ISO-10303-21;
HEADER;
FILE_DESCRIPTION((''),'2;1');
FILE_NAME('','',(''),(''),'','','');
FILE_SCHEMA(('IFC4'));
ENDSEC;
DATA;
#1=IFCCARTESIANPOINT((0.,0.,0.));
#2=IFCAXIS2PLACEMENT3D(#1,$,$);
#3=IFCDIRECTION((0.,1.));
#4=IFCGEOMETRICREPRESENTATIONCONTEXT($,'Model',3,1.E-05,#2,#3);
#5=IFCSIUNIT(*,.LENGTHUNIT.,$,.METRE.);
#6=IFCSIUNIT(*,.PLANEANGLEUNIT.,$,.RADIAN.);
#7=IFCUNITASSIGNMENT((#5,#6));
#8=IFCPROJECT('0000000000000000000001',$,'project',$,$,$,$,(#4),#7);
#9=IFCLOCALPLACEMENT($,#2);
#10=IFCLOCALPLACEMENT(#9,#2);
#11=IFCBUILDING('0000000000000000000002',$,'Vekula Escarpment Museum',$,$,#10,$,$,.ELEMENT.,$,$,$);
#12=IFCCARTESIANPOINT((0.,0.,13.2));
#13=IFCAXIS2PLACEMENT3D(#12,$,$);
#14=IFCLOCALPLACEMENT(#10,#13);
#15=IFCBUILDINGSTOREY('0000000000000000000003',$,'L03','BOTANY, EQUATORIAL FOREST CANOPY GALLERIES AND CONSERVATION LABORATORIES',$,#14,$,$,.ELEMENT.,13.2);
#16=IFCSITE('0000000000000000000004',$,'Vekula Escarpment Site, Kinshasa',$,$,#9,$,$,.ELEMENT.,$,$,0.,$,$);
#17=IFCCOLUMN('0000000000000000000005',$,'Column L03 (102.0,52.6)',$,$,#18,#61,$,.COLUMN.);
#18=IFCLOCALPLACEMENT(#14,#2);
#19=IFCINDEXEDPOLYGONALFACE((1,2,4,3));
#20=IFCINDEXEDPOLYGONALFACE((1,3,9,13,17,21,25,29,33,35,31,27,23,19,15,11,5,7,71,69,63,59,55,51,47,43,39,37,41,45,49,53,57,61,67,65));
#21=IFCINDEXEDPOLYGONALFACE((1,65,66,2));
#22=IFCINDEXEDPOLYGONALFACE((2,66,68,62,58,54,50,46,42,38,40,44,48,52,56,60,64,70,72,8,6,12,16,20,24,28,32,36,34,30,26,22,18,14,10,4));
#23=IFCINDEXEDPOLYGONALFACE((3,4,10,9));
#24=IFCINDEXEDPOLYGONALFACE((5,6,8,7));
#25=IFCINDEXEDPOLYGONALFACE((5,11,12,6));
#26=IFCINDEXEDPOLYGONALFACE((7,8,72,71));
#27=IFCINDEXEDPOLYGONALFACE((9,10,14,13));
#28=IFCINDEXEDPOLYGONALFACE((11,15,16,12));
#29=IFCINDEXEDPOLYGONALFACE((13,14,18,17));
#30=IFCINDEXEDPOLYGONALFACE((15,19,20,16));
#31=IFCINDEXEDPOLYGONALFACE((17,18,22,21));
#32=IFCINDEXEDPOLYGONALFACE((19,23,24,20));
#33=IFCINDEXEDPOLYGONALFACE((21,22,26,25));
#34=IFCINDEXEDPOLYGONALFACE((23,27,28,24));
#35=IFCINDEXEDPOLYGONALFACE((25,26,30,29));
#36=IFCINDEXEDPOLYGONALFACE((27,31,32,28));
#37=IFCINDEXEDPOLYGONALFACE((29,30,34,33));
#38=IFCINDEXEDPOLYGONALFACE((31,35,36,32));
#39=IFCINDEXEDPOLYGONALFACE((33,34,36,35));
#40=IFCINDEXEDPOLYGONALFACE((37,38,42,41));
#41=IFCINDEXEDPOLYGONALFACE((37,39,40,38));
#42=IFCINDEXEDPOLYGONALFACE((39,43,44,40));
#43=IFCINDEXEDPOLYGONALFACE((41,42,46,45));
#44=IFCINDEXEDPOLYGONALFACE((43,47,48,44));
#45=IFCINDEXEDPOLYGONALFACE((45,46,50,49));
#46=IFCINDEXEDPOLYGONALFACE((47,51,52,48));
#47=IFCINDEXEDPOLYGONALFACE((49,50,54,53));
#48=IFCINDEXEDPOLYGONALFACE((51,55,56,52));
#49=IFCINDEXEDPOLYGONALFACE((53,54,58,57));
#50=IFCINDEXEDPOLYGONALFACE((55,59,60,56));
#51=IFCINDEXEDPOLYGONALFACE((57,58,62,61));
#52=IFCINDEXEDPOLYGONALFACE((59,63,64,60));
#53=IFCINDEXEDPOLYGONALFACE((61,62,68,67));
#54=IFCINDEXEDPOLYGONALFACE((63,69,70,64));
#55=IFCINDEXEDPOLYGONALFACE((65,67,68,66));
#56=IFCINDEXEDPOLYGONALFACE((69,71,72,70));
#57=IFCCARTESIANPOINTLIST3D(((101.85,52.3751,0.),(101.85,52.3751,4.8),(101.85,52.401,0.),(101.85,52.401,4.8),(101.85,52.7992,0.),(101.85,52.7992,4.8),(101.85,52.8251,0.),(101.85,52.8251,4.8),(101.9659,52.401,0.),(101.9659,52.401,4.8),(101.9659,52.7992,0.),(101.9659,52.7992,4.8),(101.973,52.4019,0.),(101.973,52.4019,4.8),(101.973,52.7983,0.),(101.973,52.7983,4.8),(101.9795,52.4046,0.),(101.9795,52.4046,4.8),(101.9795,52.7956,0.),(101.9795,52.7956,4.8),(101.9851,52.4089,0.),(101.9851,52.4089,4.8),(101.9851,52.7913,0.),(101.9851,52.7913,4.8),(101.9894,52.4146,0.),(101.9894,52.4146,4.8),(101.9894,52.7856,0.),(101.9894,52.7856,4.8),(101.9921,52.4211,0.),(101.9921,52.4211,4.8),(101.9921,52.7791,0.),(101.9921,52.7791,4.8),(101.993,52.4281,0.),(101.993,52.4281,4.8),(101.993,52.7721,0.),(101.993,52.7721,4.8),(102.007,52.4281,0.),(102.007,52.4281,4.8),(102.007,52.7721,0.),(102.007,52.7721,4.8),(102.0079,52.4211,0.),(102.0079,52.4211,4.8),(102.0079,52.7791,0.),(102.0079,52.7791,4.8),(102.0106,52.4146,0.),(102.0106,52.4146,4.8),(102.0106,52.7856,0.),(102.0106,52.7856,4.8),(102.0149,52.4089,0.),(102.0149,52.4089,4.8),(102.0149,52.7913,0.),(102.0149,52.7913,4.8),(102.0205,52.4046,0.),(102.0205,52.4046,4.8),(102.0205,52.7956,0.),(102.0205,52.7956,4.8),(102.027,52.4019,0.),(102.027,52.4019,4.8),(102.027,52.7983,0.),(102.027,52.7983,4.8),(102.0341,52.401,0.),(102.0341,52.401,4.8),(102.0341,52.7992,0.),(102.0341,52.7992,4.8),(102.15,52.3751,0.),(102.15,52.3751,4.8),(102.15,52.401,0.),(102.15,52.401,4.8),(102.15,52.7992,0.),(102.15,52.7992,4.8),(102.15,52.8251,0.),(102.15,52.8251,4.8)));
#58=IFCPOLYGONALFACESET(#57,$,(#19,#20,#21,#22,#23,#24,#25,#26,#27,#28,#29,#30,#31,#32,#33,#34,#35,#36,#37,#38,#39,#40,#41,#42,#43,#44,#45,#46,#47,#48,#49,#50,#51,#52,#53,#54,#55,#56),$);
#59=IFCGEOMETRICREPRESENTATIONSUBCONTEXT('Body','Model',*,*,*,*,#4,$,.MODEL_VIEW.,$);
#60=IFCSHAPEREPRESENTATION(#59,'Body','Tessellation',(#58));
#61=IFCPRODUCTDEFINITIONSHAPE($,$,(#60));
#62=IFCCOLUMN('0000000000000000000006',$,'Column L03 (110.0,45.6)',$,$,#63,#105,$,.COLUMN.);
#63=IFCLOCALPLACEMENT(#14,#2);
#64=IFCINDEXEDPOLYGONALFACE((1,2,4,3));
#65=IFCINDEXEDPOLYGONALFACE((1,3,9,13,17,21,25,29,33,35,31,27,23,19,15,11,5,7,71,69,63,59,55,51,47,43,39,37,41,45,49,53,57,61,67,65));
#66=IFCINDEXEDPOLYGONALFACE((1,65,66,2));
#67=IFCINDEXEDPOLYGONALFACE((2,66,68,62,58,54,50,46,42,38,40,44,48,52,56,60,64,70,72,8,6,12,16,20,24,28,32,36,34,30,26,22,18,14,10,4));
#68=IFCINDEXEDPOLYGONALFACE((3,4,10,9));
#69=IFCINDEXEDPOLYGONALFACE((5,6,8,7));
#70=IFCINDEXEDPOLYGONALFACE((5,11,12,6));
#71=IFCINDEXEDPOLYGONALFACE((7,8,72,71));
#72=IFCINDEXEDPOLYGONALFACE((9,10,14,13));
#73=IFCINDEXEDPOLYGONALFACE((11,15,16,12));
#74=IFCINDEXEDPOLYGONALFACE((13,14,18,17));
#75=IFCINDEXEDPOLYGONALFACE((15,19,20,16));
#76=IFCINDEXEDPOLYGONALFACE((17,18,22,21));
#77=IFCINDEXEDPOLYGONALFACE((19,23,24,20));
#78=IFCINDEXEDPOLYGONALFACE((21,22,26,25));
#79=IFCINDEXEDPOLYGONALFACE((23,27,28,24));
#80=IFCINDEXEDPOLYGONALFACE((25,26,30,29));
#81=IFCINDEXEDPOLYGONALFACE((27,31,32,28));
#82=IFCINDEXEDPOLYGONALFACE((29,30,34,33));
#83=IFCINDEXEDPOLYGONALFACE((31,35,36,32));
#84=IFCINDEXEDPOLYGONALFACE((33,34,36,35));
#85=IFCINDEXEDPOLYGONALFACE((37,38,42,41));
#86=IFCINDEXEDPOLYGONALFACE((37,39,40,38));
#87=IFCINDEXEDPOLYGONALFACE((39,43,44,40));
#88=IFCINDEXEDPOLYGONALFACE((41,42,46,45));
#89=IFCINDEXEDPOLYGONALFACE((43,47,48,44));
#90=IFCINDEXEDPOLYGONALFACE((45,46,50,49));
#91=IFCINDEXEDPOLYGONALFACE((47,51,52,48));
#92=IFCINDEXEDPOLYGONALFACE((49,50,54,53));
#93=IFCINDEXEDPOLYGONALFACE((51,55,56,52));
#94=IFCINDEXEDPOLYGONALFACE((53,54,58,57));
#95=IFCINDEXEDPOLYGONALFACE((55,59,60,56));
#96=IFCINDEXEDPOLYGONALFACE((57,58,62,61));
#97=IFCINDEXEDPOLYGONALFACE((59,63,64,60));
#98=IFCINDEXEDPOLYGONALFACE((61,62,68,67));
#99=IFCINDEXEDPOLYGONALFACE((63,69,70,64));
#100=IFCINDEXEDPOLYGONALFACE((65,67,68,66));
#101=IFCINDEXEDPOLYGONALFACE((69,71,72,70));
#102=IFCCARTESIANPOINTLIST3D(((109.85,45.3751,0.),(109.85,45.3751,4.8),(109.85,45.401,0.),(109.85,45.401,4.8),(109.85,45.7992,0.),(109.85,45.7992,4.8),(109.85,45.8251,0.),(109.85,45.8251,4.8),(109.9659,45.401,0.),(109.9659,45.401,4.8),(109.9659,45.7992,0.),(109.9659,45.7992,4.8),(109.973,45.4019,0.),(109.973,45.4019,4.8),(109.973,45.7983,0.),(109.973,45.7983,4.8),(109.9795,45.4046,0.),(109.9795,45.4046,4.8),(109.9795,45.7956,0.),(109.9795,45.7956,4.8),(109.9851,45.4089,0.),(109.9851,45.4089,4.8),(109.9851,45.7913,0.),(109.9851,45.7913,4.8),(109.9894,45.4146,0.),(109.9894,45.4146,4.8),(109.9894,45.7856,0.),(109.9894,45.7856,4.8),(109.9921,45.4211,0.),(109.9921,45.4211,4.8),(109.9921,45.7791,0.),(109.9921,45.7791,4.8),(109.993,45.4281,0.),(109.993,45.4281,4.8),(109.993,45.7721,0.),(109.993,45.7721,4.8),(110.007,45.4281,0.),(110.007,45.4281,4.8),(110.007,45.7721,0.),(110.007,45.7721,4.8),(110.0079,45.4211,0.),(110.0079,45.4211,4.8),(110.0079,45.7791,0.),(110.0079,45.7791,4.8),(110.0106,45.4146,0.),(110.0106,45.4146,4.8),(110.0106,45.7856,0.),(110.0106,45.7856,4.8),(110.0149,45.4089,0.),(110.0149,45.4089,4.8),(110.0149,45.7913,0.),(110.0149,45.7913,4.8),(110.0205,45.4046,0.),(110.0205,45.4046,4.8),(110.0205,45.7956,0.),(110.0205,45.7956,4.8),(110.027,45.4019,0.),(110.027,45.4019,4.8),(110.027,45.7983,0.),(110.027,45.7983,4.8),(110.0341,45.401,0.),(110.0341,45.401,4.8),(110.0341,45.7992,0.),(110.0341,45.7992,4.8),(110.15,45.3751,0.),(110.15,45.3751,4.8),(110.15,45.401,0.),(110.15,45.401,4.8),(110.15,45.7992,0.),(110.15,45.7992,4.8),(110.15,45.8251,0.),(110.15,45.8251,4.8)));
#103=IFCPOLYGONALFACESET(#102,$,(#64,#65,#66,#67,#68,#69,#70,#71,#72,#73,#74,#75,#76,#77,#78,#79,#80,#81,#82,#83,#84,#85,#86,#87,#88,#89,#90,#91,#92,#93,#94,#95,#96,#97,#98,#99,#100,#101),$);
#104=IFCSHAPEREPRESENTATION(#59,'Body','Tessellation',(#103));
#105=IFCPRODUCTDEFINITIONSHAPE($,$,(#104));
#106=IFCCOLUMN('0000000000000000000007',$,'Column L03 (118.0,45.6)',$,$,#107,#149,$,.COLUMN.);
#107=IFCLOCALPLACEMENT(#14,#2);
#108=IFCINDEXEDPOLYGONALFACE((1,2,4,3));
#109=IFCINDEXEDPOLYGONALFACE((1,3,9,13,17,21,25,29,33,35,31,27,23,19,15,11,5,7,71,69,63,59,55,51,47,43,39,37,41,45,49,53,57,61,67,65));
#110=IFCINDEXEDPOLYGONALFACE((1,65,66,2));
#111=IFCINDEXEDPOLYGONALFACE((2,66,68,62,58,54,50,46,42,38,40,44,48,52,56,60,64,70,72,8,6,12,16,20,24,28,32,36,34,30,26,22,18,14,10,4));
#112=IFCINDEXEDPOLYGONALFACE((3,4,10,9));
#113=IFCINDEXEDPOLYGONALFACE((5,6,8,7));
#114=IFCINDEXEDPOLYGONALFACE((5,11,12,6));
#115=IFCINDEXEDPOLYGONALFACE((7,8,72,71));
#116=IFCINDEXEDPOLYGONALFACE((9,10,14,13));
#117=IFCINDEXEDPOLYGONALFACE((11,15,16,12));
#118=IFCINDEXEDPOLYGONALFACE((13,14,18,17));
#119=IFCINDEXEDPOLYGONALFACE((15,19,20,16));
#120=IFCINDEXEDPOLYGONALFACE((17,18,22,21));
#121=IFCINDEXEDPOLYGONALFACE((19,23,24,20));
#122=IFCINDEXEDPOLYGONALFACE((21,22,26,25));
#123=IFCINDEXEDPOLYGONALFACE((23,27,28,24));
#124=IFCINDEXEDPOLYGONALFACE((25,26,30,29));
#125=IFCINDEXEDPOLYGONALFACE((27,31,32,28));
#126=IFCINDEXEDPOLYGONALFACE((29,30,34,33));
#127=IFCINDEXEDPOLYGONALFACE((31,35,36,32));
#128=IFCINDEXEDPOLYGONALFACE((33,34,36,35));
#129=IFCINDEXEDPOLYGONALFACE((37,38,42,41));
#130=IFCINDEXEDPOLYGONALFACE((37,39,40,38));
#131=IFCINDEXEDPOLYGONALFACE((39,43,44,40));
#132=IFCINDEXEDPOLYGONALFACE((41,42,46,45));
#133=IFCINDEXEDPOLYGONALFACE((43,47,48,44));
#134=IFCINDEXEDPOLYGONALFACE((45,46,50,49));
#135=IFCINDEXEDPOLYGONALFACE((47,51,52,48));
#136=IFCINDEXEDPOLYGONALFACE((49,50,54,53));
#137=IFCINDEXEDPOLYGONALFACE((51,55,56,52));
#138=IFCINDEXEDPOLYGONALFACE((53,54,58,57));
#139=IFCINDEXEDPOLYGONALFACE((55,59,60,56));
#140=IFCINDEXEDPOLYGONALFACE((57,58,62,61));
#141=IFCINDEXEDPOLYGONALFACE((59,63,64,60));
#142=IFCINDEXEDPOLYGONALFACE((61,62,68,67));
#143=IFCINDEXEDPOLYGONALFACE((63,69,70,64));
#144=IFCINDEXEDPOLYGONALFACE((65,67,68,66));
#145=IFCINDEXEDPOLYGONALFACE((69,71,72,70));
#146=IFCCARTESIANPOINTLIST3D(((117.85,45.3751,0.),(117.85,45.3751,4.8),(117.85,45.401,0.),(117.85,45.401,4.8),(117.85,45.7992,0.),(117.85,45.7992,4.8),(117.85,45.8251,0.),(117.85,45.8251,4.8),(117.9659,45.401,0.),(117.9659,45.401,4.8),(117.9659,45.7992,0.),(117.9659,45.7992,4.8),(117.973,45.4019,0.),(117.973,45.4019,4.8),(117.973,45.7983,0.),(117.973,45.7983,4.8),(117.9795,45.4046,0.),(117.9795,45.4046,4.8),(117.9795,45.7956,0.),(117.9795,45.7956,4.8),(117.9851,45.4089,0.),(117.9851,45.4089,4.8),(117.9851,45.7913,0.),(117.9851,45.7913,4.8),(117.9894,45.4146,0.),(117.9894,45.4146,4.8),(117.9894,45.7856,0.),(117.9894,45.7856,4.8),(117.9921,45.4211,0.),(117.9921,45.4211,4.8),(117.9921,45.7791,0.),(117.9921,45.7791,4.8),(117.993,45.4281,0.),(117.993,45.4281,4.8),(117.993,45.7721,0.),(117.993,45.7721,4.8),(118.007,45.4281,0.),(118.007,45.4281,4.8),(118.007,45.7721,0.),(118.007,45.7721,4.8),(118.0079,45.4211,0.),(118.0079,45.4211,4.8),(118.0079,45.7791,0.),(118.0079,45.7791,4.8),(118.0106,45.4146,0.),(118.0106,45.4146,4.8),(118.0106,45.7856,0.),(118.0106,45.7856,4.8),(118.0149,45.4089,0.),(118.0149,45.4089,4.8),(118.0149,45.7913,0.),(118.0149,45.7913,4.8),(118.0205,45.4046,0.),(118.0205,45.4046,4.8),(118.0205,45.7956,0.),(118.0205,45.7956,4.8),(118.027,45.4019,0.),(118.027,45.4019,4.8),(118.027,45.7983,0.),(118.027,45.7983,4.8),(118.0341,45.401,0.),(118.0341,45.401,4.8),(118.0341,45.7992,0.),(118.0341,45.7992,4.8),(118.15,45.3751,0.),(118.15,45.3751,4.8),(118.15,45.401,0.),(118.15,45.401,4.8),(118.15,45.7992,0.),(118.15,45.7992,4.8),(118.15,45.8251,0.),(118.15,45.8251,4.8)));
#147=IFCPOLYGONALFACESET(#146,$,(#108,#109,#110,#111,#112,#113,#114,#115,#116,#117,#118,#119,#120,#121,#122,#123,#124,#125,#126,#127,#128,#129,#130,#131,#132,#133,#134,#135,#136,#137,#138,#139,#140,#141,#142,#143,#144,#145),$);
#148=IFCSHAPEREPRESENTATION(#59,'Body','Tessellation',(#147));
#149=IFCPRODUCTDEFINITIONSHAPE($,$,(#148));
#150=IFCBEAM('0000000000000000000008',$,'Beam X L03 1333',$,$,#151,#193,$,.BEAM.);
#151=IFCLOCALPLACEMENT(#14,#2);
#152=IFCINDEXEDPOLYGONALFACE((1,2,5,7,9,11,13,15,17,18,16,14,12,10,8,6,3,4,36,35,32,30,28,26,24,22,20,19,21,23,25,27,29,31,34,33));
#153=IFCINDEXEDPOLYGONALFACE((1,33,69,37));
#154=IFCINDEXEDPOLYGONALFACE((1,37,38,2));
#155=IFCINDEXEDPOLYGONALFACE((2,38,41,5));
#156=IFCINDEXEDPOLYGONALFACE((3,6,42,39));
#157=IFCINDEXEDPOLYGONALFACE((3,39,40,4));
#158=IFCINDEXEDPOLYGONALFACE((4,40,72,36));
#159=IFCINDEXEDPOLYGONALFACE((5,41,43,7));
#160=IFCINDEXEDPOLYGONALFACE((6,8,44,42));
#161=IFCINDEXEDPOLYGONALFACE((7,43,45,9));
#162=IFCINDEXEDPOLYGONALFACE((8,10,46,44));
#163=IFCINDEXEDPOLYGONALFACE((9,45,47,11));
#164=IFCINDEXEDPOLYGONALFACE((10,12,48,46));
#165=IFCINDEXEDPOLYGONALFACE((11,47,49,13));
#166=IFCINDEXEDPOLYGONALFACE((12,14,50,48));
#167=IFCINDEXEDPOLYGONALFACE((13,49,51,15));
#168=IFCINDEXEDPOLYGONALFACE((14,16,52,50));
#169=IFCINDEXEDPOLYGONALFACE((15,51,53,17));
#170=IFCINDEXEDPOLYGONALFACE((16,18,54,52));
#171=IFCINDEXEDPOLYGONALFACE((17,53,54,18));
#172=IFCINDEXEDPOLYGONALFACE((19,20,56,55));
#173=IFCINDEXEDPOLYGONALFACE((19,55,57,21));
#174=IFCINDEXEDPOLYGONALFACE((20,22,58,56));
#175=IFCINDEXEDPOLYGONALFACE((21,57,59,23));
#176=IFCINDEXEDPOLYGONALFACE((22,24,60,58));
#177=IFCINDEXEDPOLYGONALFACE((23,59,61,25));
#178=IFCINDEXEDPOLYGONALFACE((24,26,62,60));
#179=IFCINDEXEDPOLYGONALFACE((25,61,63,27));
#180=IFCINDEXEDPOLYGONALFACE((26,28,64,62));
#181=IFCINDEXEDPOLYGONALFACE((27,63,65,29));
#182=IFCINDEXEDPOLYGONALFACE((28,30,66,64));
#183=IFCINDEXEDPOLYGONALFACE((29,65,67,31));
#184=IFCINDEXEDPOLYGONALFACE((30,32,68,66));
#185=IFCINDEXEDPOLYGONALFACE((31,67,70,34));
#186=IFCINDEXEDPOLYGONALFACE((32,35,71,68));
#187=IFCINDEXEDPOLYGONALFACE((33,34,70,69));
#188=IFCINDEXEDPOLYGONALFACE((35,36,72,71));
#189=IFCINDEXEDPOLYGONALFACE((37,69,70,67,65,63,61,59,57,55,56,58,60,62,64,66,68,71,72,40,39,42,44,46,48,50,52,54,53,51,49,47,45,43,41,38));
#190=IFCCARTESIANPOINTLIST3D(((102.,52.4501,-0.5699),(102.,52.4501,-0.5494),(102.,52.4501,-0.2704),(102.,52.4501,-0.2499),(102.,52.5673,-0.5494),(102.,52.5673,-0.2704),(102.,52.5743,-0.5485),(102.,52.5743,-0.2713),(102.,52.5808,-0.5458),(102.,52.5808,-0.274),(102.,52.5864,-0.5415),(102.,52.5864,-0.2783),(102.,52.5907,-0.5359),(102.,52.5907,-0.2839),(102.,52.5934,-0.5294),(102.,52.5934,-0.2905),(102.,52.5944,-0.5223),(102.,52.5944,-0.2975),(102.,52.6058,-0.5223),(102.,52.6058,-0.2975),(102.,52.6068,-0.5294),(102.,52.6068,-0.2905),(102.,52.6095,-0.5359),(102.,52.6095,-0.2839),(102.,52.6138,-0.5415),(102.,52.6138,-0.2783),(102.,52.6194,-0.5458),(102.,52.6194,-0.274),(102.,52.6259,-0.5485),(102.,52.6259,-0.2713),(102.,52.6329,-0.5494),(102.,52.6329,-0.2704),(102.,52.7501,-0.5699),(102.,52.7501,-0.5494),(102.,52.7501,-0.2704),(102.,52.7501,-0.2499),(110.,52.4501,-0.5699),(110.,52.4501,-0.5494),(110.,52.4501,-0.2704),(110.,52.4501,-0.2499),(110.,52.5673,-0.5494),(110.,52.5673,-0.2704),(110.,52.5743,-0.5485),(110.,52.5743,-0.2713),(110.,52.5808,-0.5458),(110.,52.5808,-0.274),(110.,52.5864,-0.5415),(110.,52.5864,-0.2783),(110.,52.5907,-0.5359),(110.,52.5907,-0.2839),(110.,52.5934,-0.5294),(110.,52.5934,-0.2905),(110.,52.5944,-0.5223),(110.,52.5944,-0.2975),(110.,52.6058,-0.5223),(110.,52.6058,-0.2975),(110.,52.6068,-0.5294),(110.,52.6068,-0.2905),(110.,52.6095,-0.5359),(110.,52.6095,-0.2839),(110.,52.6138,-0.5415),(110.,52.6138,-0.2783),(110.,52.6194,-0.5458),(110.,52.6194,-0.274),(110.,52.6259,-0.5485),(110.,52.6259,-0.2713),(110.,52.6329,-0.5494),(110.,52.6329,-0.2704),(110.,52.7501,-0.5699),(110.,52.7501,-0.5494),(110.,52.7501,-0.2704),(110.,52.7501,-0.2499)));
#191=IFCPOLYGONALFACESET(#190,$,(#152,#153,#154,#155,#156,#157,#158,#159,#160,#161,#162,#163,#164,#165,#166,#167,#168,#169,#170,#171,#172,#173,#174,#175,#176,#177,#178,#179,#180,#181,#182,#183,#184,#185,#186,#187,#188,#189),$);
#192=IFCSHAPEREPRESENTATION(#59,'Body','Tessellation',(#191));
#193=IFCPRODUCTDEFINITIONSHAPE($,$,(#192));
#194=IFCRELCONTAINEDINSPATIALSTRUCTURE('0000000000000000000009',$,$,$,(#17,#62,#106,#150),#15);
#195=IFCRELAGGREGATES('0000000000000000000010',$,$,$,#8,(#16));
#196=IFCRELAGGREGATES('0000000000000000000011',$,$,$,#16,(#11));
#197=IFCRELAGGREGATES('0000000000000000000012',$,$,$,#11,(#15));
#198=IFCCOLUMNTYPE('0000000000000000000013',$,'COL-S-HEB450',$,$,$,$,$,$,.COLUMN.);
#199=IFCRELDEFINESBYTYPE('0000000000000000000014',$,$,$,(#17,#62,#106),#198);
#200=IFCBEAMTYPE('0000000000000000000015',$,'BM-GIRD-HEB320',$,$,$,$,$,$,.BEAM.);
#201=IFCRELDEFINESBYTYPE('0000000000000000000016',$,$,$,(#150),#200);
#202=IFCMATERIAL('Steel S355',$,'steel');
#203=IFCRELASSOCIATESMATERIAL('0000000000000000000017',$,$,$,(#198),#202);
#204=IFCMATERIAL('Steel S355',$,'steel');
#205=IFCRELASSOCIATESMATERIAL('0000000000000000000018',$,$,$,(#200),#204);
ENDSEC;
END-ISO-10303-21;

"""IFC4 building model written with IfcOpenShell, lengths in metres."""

from ifc_helpers import new_model, si_unit, direction, frame, origin, origin_2d, place, context, subcontext, project, spatial, i_section, extrude, material, material_profile, profile_set, type_object, element, save


model = new_model("IFC4")

# Units and contexts
model_context = context("Model", 3, precision=1e-05, world=origin(), true_north=direction((0.0, 1.0)))
body_context = subcontext(model_context, "Body", "Model", "MODEL_VIEW")
ifc_project = project(units=[si_unit("LENGTHUNIT", "METRE"), si_unit("PLANEANGLEUNIT", "RADIAN")], contexts=[model_context])

# Site, building, storey
site_placement = place(None, origin())
site = spatial("IfcSite", under=ifc_project, at=site_placement, Name="Vekula Escarpment Site, Kinshasa", CompositionType="ELEMENT", RefElevation=0.0)
building_placement = place(site_placement, origin())
building = spatial("IfcBuilding", under=site, at=building_placement, Name="Vekula Escarpment Museum", CompositionType="ELEMENT")
storey_placement = place(building_placement, frame((0.0, 0.0, 13.2)))
storey = spatial("IfcBuildingStorey", under=building, at=storey_placement, Name="L03", Description="BOTANY, EQUATORIAL FOREST CANOPY GALLERIES AND CONSERVATION LABORATORIES", CompositionType="ELEMENT", Elevation=13.2)

# Columns
ifc_material_1 = material(Name="Steel S355", Category="steel")
ifc_material_profile_1 = material_profile(ifc_material_1, i_section(OverallWidth=0.3, OverallDepth=0.45, WebThickness=0.0139, FlangeThickness=0.0259, FilletRadius=0.0271, at=origin_2d()), Name="HEB 450")
ifc_profile_set_1 = profile_set([ifc_material_profile_1], Name="Steel S355")
column_type = type_object("IfcColumnType", Name="COL-S-HEB450", PredefinedType="COLUMN", material=ifc_profile_set_1)
for number, where, z_axis, x_axis, name in (
    (1, (102.0, 52.6001, 0.0), (0.0, 0.0, 1.0), (1.0, 0.0, 0.0), "Column L03 (102.0,52.6)"),
    (2, (110.0, 45.6001, 0.0), (0.0, 0.0, 1.0), (1.0, 0.0, 0.0), "Column L03 (110.0,45.6)"),
    (3, (118.0, 45.6001, 0.0), (0.0, 0.0, 1.0), (1.0, 0.0, 0.0), "Column L03 (118.0,45.6)"),
):
    element("IfcColumn", number, at=place(storey_placement, frame(where, z_axis=z_axis, x_axis=x_axis)), inside=storey, type_object=column_type, Name=name, PredefinedType="COLUMN", context=body_context, shape_type="SweptSolid", body=[
        extrude(i_section(OverallWidth=0.3, OverallDepth=0.45, WebThickness=0.0139, FlangeThickness=0.0259, FilletRadius=0.0271, at=origin_2d()), origin(), (0.0, 0.0, 1.0), 4.8),
    ])

# Beam
ifc_material_2 = material(Name="Steel S355", Category="steel")
ifc_material_profile_2 = material_profile(ifc_material_2, i_section(OverallWidth=0.3, OverallDepth=0.3201, WebThickness=0.0115, FlangeThickness=0.0205, FilletRadius=0.0271, at=origin_2d()), Name="HEB 320")
ifc_profile_set_2 = profile_set([ifc_material_profile_2], Name="Steel S355")
beam_type_1 = type_object("IfcBeamType", Name="BM-GIRD-HEB320", PredefinedType="BEAM", material=ifc_profile_set_2)
beam_1_placement = place(storey_placement, frame((102.0, 52.6001, -0.4099), z_axis=(1.0, 0.0, 0.0), x_axis=(0.0, 1.0, 0.0)))
element("IfcBeam", 4, at=beam_1_placement, inside=storey, type_object=beam_type_1, Name="Beam X L03 1333", PredefinedType="BEAM", context=body_context, shape_type="SweptSolid", body=[
    extrude(i_section(OverallWidth=0.3, OverallDepth=0.3201, WebThickness=0.0115, FlangeThickness=0.0205, FilletRadius=0.0271, at=origin_2d()), origin(), (0.0, 0.0, 1.0), 8.0),
])

save(model, "model.ifc")
